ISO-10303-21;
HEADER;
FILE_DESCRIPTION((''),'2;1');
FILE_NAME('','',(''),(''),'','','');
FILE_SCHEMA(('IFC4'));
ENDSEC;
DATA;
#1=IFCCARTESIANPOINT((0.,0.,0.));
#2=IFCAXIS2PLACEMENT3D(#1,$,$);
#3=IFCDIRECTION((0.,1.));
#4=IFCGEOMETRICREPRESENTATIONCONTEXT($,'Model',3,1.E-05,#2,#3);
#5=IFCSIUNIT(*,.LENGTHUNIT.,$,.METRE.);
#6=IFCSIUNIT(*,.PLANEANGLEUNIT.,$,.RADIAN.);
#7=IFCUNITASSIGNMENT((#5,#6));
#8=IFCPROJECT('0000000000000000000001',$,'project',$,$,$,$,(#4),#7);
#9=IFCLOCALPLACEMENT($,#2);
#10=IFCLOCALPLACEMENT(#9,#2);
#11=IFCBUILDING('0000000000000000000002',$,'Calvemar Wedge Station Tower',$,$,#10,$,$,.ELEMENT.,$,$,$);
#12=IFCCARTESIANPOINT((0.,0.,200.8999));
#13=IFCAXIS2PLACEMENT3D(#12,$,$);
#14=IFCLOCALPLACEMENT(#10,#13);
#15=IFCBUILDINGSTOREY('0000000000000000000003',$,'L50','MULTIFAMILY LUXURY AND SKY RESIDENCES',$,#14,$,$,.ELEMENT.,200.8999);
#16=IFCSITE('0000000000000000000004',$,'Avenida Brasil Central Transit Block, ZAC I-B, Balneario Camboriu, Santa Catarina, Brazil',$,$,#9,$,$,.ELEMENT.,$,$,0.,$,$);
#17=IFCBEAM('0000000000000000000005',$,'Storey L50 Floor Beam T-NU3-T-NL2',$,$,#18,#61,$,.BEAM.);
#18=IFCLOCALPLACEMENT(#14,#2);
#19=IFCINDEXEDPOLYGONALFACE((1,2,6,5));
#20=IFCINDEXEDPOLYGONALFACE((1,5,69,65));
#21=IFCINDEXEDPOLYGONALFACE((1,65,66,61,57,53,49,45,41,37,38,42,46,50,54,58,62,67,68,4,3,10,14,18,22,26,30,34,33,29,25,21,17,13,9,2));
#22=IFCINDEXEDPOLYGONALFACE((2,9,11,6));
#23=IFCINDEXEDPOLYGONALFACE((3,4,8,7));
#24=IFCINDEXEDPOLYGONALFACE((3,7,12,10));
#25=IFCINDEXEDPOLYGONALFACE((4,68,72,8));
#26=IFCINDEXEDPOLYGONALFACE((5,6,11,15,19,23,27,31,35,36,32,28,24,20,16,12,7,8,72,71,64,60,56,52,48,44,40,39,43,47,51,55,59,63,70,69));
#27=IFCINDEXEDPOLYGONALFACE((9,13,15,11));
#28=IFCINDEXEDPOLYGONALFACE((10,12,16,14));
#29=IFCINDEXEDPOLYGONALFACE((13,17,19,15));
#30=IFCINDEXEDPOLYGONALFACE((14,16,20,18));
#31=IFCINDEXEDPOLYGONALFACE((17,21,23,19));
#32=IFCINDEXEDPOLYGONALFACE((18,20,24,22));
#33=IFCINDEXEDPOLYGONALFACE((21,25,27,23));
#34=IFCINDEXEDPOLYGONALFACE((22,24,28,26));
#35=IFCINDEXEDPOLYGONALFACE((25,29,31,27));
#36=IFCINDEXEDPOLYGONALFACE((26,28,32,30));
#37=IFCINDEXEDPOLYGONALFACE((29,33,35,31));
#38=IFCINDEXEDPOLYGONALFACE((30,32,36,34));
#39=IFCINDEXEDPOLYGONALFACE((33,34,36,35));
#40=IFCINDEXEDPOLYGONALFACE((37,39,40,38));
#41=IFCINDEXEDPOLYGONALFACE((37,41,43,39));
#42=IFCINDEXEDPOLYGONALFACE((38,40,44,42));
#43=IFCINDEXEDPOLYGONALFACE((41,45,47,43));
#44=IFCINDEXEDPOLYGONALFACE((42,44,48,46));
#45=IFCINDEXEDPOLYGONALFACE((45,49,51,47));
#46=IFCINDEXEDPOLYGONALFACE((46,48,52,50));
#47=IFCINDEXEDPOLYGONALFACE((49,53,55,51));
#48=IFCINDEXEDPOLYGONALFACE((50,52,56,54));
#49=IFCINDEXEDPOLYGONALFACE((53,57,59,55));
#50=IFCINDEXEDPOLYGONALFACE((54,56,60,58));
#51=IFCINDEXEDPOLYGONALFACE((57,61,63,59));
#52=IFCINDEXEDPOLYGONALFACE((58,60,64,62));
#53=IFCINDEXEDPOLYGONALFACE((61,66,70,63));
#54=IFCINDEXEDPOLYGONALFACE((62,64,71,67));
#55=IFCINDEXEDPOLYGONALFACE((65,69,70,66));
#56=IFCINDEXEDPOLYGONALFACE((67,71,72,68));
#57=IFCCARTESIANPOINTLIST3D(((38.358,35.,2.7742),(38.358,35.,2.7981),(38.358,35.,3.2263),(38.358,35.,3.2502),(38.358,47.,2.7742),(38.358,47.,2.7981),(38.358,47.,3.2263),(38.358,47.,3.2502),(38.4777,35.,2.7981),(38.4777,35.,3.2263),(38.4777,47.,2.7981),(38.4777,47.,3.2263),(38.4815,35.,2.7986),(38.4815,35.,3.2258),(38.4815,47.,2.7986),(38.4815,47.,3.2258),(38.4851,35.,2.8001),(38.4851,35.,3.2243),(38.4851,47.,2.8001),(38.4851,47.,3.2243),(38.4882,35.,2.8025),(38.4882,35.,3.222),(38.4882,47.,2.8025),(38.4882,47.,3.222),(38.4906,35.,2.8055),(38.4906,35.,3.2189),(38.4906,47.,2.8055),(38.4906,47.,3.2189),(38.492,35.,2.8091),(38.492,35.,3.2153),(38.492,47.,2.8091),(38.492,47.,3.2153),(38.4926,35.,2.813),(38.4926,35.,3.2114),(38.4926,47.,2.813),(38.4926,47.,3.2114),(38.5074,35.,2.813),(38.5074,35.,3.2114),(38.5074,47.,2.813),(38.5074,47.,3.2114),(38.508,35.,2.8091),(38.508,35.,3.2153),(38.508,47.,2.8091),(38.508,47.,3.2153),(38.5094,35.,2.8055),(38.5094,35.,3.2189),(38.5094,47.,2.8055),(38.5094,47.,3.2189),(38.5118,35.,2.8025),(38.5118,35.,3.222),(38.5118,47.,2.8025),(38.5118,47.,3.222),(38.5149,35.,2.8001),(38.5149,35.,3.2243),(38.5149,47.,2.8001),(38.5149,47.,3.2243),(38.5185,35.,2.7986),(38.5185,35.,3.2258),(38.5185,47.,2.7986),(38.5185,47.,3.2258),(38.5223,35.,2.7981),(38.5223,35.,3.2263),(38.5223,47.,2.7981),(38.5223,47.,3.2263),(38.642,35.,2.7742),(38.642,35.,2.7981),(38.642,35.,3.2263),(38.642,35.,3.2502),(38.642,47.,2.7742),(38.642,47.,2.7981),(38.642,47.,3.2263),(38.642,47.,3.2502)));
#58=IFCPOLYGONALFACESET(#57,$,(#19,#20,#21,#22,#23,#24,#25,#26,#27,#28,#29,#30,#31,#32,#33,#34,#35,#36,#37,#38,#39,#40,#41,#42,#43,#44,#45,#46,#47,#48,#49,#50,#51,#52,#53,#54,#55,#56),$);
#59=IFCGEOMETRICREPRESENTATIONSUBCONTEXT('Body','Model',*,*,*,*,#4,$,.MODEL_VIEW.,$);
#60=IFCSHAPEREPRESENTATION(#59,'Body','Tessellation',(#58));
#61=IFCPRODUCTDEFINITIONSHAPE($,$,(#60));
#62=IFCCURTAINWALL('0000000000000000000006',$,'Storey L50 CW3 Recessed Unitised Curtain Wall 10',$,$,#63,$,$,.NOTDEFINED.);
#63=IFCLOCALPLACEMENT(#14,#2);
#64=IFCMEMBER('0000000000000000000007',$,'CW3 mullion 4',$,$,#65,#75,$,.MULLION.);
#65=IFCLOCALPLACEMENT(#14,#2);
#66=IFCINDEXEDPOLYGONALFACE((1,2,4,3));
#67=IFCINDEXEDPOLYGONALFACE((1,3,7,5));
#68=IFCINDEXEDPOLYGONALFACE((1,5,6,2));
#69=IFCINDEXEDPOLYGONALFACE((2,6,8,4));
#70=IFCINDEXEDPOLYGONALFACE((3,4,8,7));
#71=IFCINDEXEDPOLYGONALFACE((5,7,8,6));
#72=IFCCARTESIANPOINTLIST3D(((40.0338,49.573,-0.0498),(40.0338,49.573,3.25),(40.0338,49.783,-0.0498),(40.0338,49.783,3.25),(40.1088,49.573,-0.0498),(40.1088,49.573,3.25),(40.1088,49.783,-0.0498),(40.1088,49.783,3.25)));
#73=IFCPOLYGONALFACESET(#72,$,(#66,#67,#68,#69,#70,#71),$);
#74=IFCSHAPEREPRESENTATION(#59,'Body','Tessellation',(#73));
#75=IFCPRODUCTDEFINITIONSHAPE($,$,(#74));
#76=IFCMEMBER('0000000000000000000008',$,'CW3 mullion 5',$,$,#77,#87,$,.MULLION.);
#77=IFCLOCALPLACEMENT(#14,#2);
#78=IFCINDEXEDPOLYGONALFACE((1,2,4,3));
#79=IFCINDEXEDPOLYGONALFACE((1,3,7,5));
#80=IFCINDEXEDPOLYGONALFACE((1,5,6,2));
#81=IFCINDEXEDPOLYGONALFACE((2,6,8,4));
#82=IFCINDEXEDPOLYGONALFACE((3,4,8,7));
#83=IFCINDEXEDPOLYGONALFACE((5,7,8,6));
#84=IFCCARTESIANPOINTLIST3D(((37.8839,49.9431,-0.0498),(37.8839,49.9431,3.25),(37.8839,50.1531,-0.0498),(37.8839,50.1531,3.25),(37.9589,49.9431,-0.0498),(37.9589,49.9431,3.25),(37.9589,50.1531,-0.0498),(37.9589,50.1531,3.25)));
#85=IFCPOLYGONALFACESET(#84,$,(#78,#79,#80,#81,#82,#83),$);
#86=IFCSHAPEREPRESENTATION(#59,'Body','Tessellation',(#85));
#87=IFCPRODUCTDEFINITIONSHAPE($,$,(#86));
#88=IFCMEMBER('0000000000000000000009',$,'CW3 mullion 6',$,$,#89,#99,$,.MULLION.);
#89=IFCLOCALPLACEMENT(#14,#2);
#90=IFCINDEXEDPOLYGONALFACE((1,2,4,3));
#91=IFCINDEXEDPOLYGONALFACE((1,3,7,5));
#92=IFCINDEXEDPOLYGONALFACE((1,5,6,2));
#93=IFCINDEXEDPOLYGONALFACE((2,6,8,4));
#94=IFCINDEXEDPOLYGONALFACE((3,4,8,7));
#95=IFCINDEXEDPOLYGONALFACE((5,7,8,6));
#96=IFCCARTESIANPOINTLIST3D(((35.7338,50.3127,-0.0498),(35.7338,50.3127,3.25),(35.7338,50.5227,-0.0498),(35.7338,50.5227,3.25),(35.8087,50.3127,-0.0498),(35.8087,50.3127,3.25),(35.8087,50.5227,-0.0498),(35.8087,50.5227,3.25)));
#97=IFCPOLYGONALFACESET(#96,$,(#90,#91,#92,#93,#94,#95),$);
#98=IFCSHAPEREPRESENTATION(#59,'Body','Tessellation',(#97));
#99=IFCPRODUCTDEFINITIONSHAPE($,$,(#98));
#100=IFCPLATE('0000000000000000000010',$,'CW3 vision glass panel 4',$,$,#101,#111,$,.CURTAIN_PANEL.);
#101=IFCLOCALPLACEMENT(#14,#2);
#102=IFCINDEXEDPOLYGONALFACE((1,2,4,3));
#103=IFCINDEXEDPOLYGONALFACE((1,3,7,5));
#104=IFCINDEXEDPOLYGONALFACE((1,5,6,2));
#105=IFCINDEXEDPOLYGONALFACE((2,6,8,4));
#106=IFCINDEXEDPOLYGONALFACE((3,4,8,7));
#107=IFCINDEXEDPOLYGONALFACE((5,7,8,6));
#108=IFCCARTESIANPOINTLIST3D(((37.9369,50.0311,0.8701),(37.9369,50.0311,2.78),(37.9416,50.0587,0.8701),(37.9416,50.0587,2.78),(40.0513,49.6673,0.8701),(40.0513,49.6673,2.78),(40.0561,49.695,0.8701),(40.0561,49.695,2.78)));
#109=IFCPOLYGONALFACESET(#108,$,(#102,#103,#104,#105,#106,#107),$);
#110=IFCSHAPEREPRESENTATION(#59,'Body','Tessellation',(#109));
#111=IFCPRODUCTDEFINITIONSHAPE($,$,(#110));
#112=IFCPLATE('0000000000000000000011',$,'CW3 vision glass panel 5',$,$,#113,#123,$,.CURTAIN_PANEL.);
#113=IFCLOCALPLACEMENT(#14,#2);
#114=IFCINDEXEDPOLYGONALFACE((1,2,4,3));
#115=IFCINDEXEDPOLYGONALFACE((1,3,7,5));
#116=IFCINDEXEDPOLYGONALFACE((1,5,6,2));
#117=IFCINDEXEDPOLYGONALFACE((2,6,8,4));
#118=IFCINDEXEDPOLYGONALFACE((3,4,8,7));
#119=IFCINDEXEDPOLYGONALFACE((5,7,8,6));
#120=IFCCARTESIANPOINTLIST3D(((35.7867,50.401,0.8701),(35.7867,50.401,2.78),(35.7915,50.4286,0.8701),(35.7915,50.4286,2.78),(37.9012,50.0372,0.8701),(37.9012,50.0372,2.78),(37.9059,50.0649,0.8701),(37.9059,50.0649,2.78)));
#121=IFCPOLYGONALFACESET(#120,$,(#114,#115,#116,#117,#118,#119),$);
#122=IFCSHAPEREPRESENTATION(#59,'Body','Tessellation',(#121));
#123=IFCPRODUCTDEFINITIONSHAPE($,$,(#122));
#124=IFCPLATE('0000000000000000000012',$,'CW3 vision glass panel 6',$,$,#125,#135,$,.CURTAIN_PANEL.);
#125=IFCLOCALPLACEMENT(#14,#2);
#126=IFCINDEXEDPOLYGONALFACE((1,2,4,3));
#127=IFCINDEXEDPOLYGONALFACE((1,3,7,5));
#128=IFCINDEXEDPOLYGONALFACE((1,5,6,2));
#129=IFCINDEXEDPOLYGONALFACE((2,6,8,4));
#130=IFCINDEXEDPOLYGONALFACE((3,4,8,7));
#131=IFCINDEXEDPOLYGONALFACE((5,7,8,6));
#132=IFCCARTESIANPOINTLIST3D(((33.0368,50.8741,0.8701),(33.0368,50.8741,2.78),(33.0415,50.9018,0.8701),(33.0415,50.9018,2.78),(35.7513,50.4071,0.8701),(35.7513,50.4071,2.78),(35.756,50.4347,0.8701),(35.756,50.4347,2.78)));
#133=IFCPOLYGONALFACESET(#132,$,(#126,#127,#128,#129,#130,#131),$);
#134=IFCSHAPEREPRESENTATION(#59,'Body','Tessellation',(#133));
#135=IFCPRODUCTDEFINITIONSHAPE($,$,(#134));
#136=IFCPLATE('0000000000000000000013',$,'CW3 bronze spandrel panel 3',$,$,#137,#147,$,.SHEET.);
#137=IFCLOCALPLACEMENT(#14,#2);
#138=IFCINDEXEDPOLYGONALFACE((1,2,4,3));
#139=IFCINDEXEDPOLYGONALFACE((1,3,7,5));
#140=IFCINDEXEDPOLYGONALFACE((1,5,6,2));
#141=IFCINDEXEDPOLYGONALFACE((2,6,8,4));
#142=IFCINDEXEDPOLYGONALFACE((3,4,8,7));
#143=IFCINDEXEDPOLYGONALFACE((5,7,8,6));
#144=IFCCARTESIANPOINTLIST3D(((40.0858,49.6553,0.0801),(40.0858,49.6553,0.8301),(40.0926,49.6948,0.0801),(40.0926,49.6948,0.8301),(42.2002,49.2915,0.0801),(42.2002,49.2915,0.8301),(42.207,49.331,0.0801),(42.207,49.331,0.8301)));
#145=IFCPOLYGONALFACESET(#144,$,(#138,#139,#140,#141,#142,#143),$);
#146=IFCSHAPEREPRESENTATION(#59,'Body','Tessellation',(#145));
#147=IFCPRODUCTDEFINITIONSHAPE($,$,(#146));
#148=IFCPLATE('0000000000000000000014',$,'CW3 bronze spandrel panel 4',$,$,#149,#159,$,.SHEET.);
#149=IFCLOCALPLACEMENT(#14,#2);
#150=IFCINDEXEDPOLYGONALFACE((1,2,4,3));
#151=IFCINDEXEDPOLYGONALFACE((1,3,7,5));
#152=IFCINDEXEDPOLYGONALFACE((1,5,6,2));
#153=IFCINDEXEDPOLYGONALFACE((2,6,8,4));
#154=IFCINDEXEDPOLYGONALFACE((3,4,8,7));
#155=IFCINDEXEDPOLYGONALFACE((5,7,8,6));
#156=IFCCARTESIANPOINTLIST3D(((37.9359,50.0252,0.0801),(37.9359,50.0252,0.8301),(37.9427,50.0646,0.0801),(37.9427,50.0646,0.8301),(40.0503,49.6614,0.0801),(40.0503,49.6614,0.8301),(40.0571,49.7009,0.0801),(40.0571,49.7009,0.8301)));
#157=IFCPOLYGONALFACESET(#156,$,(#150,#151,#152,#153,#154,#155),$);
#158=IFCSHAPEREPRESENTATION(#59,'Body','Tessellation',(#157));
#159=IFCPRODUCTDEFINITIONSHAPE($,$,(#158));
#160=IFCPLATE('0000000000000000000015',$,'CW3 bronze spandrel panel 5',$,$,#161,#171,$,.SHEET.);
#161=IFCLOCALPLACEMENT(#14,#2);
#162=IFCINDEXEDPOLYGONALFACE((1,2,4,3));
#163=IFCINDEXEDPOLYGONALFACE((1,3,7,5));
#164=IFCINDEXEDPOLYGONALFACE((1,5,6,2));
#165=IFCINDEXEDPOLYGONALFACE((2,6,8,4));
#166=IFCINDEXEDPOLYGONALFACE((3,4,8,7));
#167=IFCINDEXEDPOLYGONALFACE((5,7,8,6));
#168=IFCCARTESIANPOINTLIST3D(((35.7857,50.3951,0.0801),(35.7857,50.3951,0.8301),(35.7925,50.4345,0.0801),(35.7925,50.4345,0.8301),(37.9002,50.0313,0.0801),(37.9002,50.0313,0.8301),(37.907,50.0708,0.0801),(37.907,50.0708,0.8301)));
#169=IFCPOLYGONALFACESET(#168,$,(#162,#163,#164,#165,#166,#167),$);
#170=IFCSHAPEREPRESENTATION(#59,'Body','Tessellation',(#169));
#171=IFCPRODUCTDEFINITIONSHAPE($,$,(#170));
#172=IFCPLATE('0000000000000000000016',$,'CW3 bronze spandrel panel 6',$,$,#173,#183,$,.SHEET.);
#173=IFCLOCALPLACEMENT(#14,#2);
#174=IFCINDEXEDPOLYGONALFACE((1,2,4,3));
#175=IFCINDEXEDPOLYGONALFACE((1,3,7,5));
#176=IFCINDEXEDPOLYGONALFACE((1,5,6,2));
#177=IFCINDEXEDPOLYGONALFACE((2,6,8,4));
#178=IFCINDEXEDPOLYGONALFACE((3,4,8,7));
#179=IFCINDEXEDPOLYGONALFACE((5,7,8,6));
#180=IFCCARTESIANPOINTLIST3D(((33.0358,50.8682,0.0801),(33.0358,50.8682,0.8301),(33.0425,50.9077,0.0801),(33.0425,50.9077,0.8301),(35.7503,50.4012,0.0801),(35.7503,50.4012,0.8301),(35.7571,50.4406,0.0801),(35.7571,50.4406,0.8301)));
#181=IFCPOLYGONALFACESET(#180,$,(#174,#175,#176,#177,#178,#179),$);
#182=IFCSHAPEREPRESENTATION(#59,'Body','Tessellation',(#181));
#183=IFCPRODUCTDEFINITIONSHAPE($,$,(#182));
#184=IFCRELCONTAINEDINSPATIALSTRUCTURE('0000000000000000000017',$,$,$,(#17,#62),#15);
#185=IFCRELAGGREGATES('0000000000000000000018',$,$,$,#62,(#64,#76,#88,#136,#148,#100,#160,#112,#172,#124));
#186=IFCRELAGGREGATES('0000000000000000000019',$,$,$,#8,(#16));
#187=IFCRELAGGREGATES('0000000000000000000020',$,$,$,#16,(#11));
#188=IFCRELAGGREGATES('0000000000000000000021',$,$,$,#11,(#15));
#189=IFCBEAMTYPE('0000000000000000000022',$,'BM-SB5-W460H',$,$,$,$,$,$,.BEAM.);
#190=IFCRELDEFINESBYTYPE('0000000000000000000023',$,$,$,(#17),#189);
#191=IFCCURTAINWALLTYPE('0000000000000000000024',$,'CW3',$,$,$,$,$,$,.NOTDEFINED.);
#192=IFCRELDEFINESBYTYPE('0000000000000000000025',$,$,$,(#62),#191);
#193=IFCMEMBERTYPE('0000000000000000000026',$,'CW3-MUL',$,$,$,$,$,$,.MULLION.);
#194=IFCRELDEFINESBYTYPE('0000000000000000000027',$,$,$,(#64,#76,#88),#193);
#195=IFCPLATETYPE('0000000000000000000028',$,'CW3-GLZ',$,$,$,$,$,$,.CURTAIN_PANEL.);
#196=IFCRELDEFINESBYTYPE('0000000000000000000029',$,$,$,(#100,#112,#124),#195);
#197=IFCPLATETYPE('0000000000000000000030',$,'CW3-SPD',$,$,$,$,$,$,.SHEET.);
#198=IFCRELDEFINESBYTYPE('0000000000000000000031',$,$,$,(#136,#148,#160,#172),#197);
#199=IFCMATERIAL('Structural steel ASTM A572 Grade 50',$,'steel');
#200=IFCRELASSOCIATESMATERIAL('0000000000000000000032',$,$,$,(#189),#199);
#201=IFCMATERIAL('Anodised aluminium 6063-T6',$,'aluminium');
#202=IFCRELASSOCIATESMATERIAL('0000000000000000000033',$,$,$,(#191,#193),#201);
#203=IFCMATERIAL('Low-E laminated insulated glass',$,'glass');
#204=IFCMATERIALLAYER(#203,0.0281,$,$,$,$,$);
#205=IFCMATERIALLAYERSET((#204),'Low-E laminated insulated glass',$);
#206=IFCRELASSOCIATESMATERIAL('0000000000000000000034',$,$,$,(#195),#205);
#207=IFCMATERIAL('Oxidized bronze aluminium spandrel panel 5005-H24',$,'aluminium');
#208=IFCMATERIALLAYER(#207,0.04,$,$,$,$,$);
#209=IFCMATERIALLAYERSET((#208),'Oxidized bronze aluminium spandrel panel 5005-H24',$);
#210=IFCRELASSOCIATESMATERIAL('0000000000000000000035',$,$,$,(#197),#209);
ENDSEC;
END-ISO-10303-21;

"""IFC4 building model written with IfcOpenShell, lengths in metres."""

from ifc_helpers import new_model, si_unit, direction, frame, frame_2d, origin, origin_2d, place, context, subcontext, project, spatial, rectangle, i_section, extrude, source, transform, mapped, material, layer, layer_set, material_profile, profile_set, type_object, element, aggregate, save


model = new_model("IFC4")

# Units and contexts
model_context = context("Model", 3, precision=1e-05, world=origin(), true_north=direction((0.0, 1.0)))
body_context = subcontext(model_context, "Body", "Model", "MODEL_VIEW")
ifc_project = project(units=[si_unit("LENGTHUNIT", "METRE"), si_unit("PLANEANGLEUNIT", "RADIAN")], contexts=[model_context])

# Site, building, storey
site_placement = place(None, origin())
site = spatial("IfcSite", under=ifc_project, at=site_placement, Name="Avenida Brasil Central Transit Block, ZAC I-B, Balneario Camboriu, Santa Catarina, Brazil", CompositionType="ELEMENT", RefElevation=0.0)
building_placement = place(site_placement, origin())
building = spatial("IfcBuilding", under=site, at=building_placement, Name="Calvemar Wedge Station Tower", CompositionType="ELEMENT")
storey_placement = place(building_placement, frame((0.0, 0.0, 200.8999)))
storey = spatial("IfcBuildingStorey", under=building, at=storey_placement, Name="L50", Description="MULTIFAMILY LUXURY AND SKY RESIDENCES", CompositionType="ELEMENT", Elevation=200.8999)

# Shared definitions
ifc_material_1 = material(Name="Structural steel ASTM A572 Grade 50", Category="steel")

# Beam
ifc_material_profile_1 = material_profile(ifc_material_1, i_section(OverallWidth=0.2839, OverallDepth=0.4761, WebThickness=0.0149, FlangeThickness=0.0239, FilletRadius=0.0149, at=origin_2d()), Name="W460x158")
ifc_profile_set_1 = profile_set([ifc_material_profile_1], Name="Structural steel ASTM A572 Grade 50")
beam_type_1 = type_object("IfcBeamType", Name="BM-SB5-W460H", PredefinedType="BEAM", material=ifc_profile_set_1)
shared_shape_1 = source(origin(), body_context, "Body", "SweptSolid", [
    extrude(i_section(OverallWidth=0.2839, OverallDepth=0.4761, WebThickness=0.0149, FlangeThickness=0.0239, FilletRadius=0.0149, at=origin_2d()), origin(), (0.0, 0.0, 1.0), 12.0),
])
beam_1_placement = place(storey_placement, frame((38.5, 47.0, 3.0122), z_axis=(0.0, -1.0, 0.0), x_axis=(1.0, 0.0, 0.0)))
element("IfcBeam", 1, at=beam_1_placement, inside=storey, type_object=beam_type_1, Name="Storey L50 Floor Beam T-NU3-T-NL2", PredefinedType="BEAM", context=body_context, shape_type="MappedRepresentation", body=[
    mapped(shared_shape_1, transform((0.0, 0.0, 0.0), scale=1.0)),
])

# Curtain wall, members, plates
ifc_material_2 = material(Name="Anodised aluminium 6063-T6", Category="aluminium")
curtain_wall_type = type_object("IfcCurtainWallType", Name="CW3", PredefinedType="NOTDEFINED", material=ifc_material_2)
curtain_wall_placement = place(storey_placement, origin())
curtain_wall = element("IfcCurtainWall", 2, at=curtain_wall_placement, inside=storey, type_object=curtain_wall_type, Name="Storey L50 CW3 Recessed Unitised Curtain Wall 10", PredefinedType="NOTDEFINED")
ifc_material_profile_2 = material_profile(ifc_material_2, rectangle(XDim=0.075, YDim=0.21, at=origin_2d()), Name="AL-MUL-75x210")
ifc_profile_set_2 = profile_set([ifc_material_profile_2], Name="Anodised aluminium 6063-T6")
member_type = type_object("IfcMemberType", Name="CW3-MUL", PredefinedType="MULLION", material=ifc_profile_set_2)
shared_shape_2 = source(origin(), body_context, "Body", "SweptSolid", [
    extrude(rectangle(XDim=0.075, YDim=0.21, at=origin_2d()), origin(), (0.0, 0.0, 1.0), 3.2998),
])
member_1_placement = place(storey_placement, frame((40.0713, 49.678, -0.0498), z_axis=(0.0, 0.0, 1.0), x_axis=(1.0, 0.0, 0.0)))
member_1 = element("IfcMember", 3, at=member_1_placement, type_object=member_type, Name="CW3 mullion 4", PredefinedType="MULLION", context=body_context, shape_type="MappedRepresentation", body=[
    mapped(shared_shape_2, transform((0.0, 0.0, 0.0), scale=1.0)),
])
member_2_placement = place(storey_placement, frame((37.9214, 50.0481, -0.0498), z_axis=(0.0, 0.0, 1.0), x_axis=(1.0, 0.0, 0.0)))
member_2 = element("IfcMember", 4, at=member_2_placement, type_object=member_type, Name="CW3 mullion 5", PredefinedType="MULLION", context=body_context, shape_type="MappedRepresentation", body=[
    mapped(shared_shape_2, transform((0.0, 0.0, 0.0), scale=1.0)),
])
member_3_placement = place(storey_placement, frame((35.7712, 50.4177, -0.0498), z_axis=(0.0, 0.0, 1.0), x_axis=(1.0, 0.0, 0.0)))
member_3 = element("IfcMember", 5, at=member_3_placement, type_object=member_type, Name="CW3 mullion 6", PredefinedType="MULLION", context=body_context, shape_type="MappedRepresentation", body=[
    mapped(shared_shape_2, transform((0.0, 0.0, 0.0), scale=1.0)),
])
ifc_material_3 = material(Name="Low-E laminated insulated glass", Category="glass")
ifc_layer_1 = layer(ifc_material_3, 0.0281)
ifc_layer_set_1 = layer_set([ifc_layer_1], Name="Low-E laminated insulated glass")
plate_type_1 = type_object("IfcPlateType", Name="CW3-GLZ", PredefinedType="CURTAIN_PANEL", material=ifc_layer_set_1)
plate_1_placement = place(storey_placement, frame((40.0537, 49.6812, 0.8701), z_axis=(0.0, 0.0, 1.0), x_axis=(-0.985522, 0.169545, 0.0)))
plate_1 = element("IfcPlate", 6, at=plate_1_placement, type_object=plate_type_1, Name="CW3 vision glass panel 4", PredefinedType="CURTAIN_PANEL", context=body_context, shape_type="SweptSolid", body=[
    extrude(rectangle(XDim=2.1455, YDim=0.0281, at=frame_2d((1.0728, 0.0))), origin(), (0.0, 0.0, 1.0), 1.9099),
])
plate_2_placement = place(storey_placement, frame((37.9036, 50.051, 0.8701), z_axis=(0.0, 0.0, 1.0), x_axis=(-0.985522, 0.169545, 0.0)))
plate_2 = element("IfcPlate", 7, at=plate_2_placement, type_object=plate_type_1, Name="CW3 vision glass panel 5", PredefinedType="CURTAIN_PANEL", context=body_context, shape_type="SweptSolid", body=[
    extrude(rectangle(XDim=2.1455, YDim=0.0281, at=frame_2d((1.0728, 0.0))), origin(), (0.0, 0.0, 1.0), 1.9099),
])
plate_3_placement = place(storey_placement, frame((35.7537, 50.4209, 0.8701), z_axis=(0.0, 0.0, 1.0), x_axis=(-0.98552, 0.169557, 0.0)))
plate_3 = element("IfcPlate", 8, at=plate_3_placement, type_object=plate_type_1, Name="CW3 vision glass panel 6", PredefinedType="CURTAIN_PANEL", context=body_context, shape_type="SweptSolid", body=[
    extrude(rectangle(XDim=2.7544, YDim=0.0281, at=frame_2d((1.3772, 0.0))), origin(), (0.0, 0.0, 1.0), 1.9099),
])
ifc_material_4 = material(Name="Oxidized bronze aluminium spandrel panel 5005-H24", Category="aluminium")
ifc_layer_2 = layer(ifc_material_4, 0.04)
ifc_layer_set_2 = layer_set([ifc_layer_2], Name="Oxidized bronze aluminium spandrel panel 5005-H24")
plate_type_2 = type_object("IfcPlateType", Name="CW3-SPD", PredefinedType="SHEET", material=ifc_layer_set_2)
plate_4_placement = place(storey_placement, frame((42.2036, 49.3113, 0.0801), z_axis=(0.0, 0.0, 1.0), x_axis=(-0.985522, 0.169545, 0.0)))
plate_4 = element("IfcPlate", 9, at=plate_4_placement, type_object=plate_type_2, Name="CW3 bronze spandrel panel 3", PredefinedType="SHEET", context=body_context, shape_type="SweptSolid", body=[
    extrude(rectangle(XDim=2.1455, YDim=0.04, at=frame_2d((1.0728, 0.0))), origin(), (0.0, 0.0, 1.0), 0.75),
])
plate_5_placement = place(storey_placement, frame((40.0537, 49.6812, 0.0801), z_axis=(0.0, 0.0, 1.0), x_axis=(-0.985522, 0.169545, 0.0)))
plate_5 = element("IfcPlate", 10, at=plate_5_placement, type_object=plate_type_2, Name="CW3 bronze spandrel panel 4", PredefinedType="SHEET", context=body_context, shape_type="SweptSolid", body=[
    extrude(rectangle(XDim=2.1455, YDim=0.04, at=frame_2d((1.0728, 0.0))), origin(), (0.0, 0.0, 1.0), 0.75),
])
plate_6_placement = place(storey_placement, frame((37.9036, 50.051, 0.0801), z_axis=(0.0, 0.0, 1.0), x_axis=(-0.985522, 0.169545, 0.0)))
plate_6 = element("IfcPlate", 11, at=plate_6_placement, type_object=plate_type_2, Name="CW3 bronze spandrel panel 5", PredefinedType="SHEET", context=body_context, shape_type="SweptSolid", body=[
    extrude(rectangle(XDim=2.1455, YDim=0.04, at=frame_2d((1.0728, 0.0))), origin(), (0.0, 0.0, 1.0), 0.75),
])
plate_7_placement = place(storey_placement, frame((35.7537, 50.4209, 0.0801), z_axis=(0.0, 0.0, 1.0), x_axis=(-0.98552, 0.169557, 0.0)))
plate_7 = element("IfcPlate", 12, at=plate_7_placement, type_object=plate_type_2, Name="CW3 bronze spandrel panel 6", PredefinedType="SHEET", context=body_context, shape_type="SweptSolid", body=[
    extrude(rectangle(XDim=2.7544, YDim=0.04, at=frame_2d((1.3772, 0.0))), origin(), (0.0, 0.0, 1.0), 0.75),
])
aggregate(curtain_wall, [member_1, member_2, member_3, plate_4, plate_5, plate_1, plate_6, plate_2, plate_7, plate_3])

save(model, "model.ifc")
